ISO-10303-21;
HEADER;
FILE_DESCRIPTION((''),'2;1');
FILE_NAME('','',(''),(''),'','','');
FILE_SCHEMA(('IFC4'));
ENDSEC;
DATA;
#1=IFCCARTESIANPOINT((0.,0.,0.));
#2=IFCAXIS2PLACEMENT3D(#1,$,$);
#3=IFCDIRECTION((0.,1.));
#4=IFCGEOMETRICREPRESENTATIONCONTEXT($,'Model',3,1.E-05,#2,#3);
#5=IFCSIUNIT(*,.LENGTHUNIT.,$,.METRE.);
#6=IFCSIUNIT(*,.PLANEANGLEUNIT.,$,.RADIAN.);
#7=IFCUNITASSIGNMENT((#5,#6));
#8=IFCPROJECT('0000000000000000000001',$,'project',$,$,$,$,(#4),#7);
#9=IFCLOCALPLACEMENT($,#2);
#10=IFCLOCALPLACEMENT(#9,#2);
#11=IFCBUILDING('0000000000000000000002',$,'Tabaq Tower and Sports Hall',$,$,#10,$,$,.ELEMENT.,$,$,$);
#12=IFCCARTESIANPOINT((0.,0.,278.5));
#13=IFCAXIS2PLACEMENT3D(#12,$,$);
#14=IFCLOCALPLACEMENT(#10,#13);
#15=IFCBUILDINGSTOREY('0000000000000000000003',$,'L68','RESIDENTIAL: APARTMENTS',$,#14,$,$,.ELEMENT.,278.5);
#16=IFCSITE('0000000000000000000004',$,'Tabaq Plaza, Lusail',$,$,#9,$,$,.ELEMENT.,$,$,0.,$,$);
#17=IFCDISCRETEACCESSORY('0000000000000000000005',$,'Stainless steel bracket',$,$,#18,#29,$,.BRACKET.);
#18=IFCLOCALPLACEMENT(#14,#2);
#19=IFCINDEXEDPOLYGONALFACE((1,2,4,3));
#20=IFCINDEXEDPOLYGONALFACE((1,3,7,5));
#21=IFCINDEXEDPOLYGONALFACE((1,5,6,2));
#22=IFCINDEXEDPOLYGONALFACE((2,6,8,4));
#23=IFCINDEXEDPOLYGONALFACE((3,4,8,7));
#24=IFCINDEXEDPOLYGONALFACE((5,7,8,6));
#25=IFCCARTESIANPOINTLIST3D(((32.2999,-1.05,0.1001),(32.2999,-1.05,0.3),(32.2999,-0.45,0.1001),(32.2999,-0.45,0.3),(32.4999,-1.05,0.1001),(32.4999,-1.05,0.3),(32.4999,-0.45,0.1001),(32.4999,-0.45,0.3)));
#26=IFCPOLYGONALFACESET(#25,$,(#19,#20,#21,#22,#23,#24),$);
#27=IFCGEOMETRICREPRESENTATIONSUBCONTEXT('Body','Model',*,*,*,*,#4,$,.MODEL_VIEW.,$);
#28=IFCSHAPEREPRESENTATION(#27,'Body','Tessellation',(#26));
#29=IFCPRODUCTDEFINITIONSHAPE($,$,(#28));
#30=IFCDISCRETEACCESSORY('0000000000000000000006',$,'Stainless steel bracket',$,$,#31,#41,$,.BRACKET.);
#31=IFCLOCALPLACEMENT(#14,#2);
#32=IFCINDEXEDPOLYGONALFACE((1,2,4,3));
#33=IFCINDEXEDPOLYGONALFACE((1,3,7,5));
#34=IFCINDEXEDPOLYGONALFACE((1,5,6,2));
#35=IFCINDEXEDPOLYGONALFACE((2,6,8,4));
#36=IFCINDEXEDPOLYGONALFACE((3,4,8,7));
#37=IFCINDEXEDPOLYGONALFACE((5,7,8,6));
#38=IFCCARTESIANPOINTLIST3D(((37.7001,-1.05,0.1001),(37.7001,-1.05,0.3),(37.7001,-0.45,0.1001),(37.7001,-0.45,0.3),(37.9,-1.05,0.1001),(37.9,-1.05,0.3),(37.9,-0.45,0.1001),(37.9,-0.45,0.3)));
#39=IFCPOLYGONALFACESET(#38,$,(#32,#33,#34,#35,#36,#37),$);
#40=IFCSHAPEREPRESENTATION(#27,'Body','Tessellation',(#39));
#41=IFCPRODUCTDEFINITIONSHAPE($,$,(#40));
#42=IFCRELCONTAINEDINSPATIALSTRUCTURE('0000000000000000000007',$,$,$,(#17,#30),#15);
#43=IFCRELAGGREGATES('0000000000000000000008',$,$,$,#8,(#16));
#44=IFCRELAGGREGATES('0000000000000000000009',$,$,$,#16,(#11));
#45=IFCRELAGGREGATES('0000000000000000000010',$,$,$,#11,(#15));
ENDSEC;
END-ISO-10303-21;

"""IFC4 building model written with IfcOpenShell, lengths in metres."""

from ifc_helpers import new_model, si_unit, direction, frame, origin, origin_2d, place, context, subcontext, project, spatial, rectangle, extrude, element, save


model = new_model("IFC4")

# Units and contexts
model_context = context("Model", 3, precision=1e-05, world=origin(), true_north=direction((0.0, 1.0)))
body_context = subcontext(model_context, "Body", "Model", "MODEL_VIEW")
ifc_project = project(units=[si_unit("LENGTHUNIT", "METRE"), si_unit("PLANEANGLEUNIT", "RADIAN")], contexts=[model_context])

# Site, building, storey
site_placement = place(None, origin())
site = spatial("IfcSite", under=ifc_project, at=site_placement, Name="Tabaq Plaza, Lusail", CompositionType="ELEMENT", RefElevation=0.0)
building_placement = place(site_placement, origin())
building = spatial("IfcBuilding", under=site, at=building_placement, Name="Tabaq Tower and Sports Hall", CompositionType="ELEMENT")
storey_placement = place(building_placement, frame((0.0, 0.0, 278.5)))
storey = spatial("IfcBuildingStorey", under=building, at=storey_placement, Name="L68", Description="RESIDENTIAL: APARTMENTS", CompositionType="ELEMENT", Elevation=278.5)

# Discrete accessories
for number, where, z_axis, x_axis, name in (
    (1, (32.3999, -0.75, 0.1001), (0.0, 0.0, 1.0), (0.0, -1.0, 0.0), "Stainless steel bracket"),
    (2, (37.8, -0.75, 0.1001), (0.0, 0.0, 1.0), (0.0, -1.0, 0.0), "Stainless steel bracket"),
):
    element("IfcDiscreteAccessory", number, at=place(storey_placement, frame(where, z_axis=z_axis, x_axis=x_axis)), inside=storey, Name=name, PredefinedType="BRACKET", context=body_context, shape_type="SweptSolid", body=[
        extrude(rectangle(XDim=0.6001, YDim=0.2, at=origin_2d()), origin(), (0.0, 0.0, 1.0), 0.2),
    ])

save(model, "model.ifc")
